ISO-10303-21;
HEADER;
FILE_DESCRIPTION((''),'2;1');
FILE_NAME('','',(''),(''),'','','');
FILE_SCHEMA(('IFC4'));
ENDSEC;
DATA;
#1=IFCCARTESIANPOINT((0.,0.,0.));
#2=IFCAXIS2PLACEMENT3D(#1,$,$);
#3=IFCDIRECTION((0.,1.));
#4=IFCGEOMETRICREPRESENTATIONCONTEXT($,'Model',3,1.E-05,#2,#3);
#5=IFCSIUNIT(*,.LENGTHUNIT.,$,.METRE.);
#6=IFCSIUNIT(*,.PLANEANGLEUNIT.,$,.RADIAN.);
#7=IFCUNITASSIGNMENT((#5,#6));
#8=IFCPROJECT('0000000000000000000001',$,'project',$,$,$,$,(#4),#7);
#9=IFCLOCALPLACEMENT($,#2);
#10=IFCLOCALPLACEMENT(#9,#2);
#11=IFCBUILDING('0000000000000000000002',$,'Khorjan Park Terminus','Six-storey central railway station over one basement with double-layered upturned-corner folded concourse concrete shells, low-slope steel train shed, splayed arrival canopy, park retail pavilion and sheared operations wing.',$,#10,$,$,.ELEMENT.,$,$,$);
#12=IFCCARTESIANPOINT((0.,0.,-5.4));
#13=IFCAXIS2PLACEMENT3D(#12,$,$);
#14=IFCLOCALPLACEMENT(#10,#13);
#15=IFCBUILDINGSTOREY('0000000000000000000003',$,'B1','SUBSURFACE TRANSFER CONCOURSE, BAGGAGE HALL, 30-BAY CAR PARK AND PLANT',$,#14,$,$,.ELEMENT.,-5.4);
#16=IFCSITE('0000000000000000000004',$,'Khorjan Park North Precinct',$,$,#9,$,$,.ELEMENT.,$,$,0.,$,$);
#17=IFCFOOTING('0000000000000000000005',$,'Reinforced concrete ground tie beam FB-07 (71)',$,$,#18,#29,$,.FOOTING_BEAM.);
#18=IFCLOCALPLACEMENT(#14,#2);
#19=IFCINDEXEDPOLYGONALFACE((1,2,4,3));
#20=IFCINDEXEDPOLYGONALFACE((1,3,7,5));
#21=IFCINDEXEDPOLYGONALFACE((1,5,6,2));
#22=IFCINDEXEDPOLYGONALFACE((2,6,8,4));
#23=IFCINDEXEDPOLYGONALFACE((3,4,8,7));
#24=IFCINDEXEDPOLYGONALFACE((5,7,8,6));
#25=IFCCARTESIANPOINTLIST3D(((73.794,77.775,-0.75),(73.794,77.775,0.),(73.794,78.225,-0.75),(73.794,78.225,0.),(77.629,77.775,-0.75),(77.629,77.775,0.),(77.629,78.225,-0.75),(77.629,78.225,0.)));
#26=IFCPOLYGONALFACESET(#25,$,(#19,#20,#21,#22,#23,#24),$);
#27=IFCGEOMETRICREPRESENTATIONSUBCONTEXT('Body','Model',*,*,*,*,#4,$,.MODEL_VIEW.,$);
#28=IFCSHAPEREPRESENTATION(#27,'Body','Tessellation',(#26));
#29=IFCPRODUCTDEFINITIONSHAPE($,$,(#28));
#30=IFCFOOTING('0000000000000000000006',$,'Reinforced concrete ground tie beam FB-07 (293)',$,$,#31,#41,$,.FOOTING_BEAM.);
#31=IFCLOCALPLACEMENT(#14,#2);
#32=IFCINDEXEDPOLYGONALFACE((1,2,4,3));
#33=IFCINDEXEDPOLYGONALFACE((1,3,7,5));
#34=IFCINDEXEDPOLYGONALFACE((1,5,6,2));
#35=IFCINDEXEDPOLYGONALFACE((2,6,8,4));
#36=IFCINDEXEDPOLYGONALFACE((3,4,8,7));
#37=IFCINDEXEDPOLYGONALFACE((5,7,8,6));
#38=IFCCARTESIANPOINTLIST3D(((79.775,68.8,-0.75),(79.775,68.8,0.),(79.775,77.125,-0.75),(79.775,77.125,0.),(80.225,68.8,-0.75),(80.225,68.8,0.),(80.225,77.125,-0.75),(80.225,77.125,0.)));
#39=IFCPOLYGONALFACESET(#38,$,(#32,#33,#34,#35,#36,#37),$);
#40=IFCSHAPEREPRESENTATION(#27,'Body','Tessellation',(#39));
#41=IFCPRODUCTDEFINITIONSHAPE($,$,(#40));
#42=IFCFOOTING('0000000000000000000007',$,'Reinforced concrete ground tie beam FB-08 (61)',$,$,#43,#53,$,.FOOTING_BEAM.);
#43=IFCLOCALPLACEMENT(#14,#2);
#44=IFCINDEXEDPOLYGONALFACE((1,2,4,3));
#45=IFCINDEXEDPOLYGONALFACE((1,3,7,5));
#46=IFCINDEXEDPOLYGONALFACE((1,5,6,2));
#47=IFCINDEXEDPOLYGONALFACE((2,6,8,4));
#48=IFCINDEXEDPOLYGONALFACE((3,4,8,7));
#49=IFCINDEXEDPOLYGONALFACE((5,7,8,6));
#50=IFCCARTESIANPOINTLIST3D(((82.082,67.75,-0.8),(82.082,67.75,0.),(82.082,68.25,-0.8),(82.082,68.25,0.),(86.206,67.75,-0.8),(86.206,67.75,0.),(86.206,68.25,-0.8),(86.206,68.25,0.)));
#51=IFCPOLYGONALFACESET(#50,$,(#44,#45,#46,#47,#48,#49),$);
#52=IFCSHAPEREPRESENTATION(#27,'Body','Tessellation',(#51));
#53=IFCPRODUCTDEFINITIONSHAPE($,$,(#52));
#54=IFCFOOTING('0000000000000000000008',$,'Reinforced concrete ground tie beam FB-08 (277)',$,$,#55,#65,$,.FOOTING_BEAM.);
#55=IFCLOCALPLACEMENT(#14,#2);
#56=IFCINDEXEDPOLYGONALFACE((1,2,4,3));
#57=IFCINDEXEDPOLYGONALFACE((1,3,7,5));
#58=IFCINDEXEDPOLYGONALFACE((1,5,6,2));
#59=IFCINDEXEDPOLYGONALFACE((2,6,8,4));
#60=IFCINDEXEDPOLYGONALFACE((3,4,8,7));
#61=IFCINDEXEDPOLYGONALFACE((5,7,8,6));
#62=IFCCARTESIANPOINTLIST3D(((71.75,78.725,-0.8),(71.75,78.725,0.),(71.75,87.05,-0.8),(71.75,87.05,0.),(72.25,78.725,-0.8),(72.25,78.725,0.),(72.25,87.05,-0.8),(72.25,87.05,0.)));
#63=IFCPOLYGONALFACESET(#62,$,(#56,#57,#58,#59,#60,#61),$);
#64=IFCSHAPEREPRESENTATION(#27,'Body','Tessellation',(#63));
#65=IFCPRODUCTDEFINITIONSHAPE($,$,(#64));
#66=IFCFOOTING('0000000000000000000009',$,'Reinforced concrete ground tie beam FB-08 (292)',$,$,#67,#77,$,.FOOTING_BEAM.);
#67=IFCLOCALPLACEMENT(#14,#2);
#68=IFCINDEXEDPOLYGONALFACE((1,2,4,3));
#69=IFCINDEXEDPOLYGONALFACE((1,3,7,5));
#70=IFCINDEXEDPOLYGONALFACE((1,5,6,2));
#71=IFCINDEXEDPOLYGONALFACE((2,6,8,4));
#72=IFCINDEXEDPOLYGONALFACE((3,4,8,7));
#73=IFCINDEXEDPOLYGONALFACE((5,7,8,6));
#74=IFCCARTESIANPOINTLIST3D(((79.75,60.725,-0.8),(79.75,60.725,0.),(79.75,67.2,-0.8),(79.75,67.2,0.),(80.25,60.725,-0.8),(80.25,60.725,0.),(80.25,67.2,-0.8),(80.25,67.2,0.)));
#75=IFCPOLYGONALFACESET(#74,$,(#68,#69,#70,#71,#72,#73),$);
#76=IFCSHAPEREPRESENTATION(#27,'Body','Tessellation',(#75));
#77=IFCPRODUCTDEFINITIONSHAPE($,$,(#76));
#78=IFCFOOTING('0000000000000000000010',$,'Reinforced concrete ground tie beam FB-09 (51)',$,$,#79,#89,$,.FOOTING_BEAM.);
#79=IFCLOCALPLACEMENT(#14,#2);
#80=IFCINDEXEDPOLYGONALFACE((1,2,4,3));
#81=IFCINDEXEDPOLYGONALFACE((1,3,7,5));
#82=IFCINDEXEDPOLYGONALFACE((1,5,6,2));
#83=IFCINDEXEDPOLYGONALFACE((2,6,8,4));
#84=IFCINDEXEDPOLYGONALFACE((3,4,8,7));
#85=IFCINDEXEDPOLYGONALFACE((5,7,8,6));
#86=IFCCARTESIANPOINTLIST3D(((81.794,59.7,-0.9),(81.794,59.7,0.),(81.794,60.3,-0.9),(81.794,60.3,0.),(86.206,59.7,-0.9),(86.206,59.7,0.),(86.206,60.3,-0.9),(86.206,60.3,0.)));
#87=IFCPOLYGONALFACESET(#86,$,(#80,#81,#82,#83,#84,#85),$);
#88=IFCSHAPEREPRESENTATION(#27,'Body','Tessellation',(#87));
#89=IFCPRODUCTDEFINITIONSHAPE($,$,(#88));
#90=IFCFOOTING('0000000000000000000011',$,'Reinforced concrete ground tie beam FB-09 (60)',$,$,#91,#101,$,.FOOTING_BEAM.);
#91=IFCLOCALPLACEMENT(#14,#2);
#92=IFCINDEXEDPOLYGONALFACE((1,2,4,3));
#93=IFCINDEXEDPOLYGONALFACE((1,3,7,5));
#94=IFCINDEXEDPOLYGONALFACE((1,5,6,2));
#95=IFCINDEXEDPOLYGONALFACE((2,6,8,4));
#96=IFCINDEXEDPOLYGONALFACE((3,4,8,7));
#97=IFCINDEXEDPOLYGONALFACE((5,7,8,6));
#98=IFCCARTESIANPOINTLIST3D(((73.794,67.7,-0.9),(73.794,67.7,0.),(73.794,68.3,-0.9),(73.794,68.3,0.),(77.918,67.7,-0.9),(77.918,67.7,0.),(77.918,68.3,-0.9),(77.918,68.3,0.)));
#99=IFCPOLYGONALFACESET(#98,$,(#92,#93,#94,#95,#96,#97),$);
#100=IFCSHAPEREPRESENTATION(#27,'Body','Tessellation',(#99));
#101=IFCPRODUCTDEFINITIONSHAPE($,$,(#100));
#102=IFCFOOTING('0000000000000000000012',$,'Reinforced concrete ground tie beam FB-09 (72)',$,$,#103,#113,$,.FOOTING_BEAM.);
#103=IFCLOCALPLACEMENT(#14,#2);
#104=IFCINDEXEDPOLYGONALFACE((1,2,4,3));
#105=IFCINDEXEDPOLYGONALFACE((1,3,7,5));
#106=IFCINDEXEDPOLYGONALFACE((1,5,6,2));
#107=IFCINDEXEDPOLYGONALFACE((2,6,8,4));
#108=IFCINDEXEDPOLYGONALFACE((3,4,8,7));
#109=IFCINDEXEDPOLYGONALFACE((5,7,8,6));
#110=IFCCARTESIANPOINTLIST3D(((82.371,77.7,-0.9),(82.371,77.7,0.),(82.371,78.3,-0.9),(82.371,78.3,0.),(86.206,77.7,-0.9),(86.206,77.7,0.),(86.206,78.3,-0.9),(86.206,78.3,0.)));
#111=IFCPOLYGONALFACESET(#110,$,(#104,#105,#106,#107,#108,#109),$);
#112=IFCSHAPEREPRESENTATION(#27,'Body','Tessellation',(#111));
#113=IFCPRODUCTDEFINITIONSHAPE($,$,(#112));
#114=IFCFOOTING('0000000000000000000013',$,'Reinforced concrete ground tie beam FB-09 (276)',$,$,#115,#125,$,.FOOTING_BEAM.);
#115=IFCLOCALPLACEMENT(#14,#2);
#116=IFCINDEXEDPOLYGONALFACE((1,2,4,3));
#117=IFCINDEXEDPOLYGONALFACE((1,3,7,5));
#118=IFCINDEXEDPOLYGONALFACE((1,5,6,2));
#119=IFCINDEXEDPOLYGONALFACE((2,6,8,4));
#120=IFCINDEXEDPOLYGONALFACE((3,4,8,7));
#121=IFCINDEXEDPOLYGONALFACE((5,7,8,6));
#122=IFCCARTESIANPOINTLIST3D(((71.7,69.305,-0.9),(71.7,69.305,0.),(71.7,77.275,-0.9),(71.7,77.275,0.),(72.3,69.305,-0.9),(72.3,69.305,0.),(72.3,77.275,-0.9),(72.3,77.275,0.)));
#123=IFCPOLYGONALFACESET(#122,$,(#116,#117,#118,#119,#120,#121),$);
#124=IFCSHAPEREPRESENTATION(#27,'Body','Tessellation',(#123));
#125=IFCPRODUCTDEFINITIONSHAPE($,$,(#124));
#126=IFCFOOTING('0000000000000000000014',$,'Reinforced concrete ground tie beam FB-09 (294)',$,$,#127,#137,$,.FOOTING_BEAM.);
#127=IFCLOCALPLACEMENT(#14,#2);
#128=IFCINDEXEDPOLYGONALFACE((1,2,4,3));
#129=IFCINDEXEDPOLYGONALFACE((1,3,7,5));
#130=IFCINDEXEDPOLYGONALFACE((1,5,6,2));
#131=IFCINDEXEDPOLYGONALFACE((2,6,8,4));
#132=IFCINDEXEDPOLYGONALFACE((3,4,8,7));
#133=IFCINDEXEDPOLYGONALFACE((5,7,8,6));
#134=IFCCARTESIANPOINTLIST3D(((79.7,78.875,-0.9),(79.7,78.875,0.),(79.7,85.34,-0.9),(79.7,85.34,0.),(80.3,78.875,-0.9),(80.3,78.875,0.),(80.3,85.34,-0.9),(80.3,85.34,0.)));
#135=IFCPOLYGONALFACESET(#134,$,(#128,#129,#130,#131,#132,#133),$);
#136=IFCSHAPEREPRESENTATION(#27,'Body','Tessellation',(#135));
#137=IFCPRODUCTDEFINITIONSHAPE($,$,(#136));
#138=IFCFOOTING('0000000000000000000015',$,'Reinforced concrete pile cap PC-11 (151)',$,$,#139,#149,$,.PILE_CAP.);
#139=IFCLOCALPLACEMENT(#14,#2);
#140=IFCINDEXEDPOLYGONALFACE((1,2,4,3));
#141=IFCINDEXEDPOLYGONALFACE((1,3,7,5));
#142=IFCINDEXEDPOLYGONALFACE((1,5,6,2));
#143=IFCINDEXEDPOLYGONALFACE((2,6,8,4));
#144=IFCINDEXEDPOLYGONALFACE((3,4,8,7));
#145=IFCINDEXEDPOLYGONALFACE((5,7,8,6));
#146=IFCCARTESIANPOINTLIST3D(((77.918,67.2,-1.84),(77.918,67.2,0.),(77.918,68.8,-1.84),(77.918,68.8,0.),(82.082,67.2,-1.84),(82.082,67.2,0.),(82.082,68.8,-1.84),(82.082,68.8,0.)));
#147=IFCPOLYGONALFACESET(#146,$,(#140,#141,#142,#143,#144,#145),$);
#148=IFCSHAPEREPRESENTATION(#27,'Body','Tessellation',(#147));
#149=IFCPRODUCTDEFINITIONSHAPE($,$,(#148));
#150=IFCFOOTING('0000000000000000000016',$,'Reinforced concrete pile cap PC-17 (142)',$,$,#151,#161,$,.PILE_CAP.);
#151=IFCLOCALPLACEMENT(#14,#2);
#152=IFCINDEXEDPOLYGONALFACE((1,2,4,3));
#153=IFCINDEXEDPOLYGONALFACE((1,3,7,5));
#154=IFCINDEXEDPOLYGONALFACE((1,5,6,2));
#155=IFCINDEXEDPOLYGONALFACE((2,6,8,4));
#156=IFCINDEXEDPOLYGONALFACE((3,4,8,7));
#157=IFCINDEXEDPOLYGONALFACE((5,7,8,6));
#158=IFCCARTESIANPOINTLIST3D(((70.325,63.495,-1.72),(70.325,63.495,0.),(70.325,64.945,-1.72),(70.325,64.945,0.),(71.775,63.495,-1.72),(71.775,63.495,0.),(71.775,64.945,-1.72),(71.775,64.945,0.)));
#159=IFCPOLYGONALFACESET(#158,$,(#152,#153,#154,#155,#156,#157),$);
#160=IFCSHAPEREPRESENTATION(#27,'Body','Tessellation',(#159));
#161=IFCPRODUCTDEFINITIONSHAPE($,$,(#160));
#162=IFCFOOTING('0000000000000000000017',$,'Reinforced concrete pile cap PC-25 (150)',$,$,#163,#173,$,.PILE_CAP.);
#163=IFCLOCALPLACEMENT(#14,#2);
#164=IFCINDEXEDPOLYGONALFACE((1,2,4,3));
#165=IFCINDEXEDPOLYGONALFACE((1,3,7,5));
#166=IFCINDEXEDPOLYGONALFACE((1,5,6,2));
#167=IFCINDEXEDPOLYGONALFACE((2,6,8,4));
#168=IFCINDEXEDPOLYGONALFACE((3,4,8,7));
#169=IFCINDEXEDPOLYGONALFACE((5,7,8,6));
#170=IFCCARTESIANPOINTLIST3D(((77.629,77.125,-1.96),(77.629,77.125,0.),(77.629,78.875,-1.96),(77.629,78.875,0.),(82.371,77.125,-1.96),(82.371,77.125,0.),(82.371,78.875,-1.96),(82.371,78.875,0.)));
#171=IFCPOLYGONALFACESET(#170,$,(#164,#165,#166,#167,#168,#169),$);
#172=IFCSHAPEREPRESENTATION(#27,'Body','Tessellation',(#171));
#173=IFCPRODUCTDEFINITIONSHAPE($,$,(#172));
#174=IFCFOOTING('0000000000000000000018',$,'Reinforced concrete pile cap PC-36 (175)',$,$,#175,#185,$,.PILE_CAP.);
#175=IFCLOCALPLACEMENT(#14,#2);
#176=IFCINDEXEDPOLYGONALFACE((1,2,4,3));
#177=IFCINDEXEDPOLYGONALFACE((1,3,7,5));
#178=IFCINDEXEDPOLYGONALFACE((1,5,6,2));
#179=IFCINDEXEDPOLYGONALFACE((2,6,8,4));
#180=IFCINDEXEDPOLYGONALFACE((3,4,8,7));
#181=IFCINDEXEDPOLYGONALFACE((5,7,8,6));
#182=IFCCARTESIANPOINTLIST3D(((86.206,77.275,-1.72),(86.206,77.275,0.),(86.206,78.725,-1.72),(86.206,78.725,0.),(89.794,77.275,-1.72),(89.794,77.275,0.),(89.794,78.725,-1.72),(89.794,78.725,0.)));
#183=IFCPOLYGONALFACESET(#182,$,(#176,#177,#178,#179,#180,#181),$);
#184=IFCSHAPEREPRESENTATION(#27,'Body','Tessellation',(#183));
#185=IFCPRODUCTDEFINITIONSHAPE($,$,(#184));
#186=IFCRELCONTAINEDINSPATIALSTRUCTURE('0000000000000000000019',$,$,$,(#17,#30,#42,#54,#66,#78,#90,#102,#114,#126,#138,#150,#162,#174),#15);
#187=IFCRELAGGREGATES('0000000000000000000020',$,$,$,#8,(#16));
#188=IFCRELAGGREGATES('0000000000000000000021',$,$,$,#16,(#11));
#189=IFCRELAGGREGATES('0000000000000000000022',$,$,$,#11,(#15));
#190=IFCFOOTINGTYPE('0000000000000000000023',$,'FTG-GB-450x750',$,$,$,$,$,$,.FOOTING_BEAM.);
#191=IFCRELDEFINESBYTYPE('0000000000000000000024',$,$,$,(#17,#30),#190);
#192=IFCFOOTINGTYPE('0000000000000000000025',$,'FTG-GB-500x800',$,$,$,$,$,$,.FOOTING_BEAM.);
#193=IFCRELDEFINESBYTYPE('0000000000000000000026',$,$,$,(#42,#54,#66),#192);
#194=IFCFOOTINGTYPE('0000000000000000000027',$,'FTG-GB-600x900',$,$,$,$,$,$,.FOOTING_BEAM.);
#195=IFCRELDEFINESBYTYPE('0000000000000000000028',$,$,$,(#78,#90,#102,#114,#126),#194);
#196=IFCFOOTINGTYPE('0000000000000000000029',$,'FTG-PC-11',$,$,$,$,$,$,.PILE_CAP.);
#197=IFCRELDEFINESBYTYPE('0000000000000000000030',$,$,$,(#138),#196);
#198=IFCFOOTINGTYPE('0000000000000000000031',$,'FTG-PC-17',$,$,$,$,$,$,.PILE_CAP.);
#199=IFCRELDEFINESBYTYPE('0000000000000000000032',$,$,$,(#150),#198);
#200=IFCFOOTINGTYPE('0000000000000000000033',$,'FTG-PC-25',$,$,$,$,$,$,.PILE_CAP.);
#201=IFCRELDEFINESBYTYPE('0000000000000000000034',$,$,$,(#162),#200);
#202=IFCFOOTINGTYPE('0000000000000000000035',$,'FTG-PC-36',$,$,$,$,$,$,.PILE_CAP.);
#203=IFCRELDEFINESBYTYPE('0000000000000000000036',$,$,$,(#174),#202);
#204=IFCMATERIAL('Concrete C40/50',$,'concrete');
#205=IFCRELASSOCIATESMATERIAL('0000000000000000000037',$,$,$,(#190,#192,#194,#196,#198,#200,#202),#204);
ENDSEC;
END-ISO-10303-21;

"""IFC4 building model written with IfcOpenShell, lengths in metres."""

from ifc_helpers import new_model, si_unit, direction, frame, origin, origin_2d, place, context, subcontext, project, spatial, rectangle, extrude, material, material_profile, profile_set, type_object, element, save


model = new_model("IFC4")

# Units and contexts
model_context = context("Model", 3, precision=1e-05, world=origin(), true_north=direction((0.0, 1.0)))
body_context = subcontext(model_context, "Body", "Model", "MODEL_VIEW")
ifc_project = project(units=[si_unit("LENGTHUNIT", "METRE"), si_unit("PLANEANGLEUNIT", "RADIAN")], contexts=[model_context])

# Site, building, storey
site_placement = place(None, origin())
site = spatial("IfcSite", under=ifc_project, at=site_placement, Name="Khorjan Park North Precinct", CompositionType="ELEMENT", RefElevation=0.0)
building_placement = place(site_placement, origin())
building = spatial("IfcBuilding", under=site, at=building_placement, Name="Khorjan Park Terminus", Description="Six-storey central railway station over one basement with double-layered upturned-corner folded concourse concrete shells, low-slope steel train shed, splayed arrival canopy, park retail pavilion and sheared operations wing.", CompositionType="ELEMENT")
storey_placement = place(building_placement, frame((0.0, 0.0, -5.4)))
storey = spatial("IfcBuildingStorey", under=building, at=storey_placement, Name="B1", Description="SUBSURFACE TRANSFER CONCOURSE, BAGGAGE HALL, 30-BAY CAR PARK AND PLANT", CompositionType="ELEMENT", Elevation=-5.4)

# Footings
ifc_material_1 = material(Name="Concrete C40/50", Category="concrete")
ifc_material_profile_1 = material_profile(ifc_material_1, rectangle(XDim=0.45, YDim=0.75, at=origin_2d()), Name="RC 450x750")
ifc_profile_set_1 = profile_set([ifc_material_profile_1], Name="Concrete C40/50")
footing_type_1 = type_object("IfcFootingType", Name="FTG-GB-450x750", PredefinedType="FOOTING_BEAM", material=ifc_profile_set_1)
footing_1_placement = place(storey_placement, frame((73.794, 78.0, -0.375), z_axis=(1.0, 0.0, 0.0), x_axis=(0.0, 1.0, 0.0)))
element("IfcFooting", 1, at=footing_1_placement, inside=storey, type_object=footing_type_1, Name="Reinforced concrete ground tie beam FB-07 (71)", PredefinedType="FOOTING_BEAM", context=body_context, shape_type="SweptSolid", body=[
    extrude(rectangle(XDim=0.45, YDim=0.75, at=origin_2d()), origin(), (0.0, 0.0, 1.0), 3.835),
])
footing_2_placement = place(storey_placement, frame((80.0, 68.8, -0.375), z_axis=(0.0, 1.0, 0.0), x_axis=(-1.0, 0.0, 0.0)))
element("IfcFooting", 2, at=footing_2_placement, inside=storey, type_object=footing_type_1, Name="Reinforced concrete ground tie beam FB-07 (293)", PredefinedType="FOOTING_BEAM", context=body_context, shape_type="SweptSolid", body=[
    extrude(rectangle(XDim=0.45, YDim=0.75, at=origin_2d()), origin(), (0.0, 0.0, 1.0), 8.325),
])
ifc_material_profile_2 = material_profile(ifc_material_1, rectangle(XDim=0.5, YDim=0.8, at=origin_2d()), Name="RC 500x800")
ifc_profile_set_2 = profile_set([ifc_material_profile_2], Name="Concrete C40/50")
footing_type_2 = type_object("IfcFootingType", Name="FTG-GB-500x800", PredefinedType="FOOTING_BEAM", material=ifc_profile_set_2)
footing_3_placement = place(storey_placement, frame((82.082, 68.0, -0.4), z_axis=(1.0, 0.0, 0.0), x_axis=(0.0, 1.0, 0.0)))
element("IfcFooting", 3, at=footing_3_placement, inside=storey, type_object=footing_type_2, Name="Reinforced concrete ground tie beam FB-08 (61)", PredefinedType="FOOTING_BEAM", context=body_context, shape_type="SweptSolid", body=[
    extrude(rectangle(XDim=0.5, YDim=0.8, at=origin_2d()), origin(), (0.0, 0.0, 1.0), 4.124),
])
footing_4_placement = place(storey_placement, frame((72.0, 78.725, -0.4), z_axis=(0.0, 1.0, 0.0), x_axis=(-1.0, 0.0, 0.0)))
element("IfcFooting", 4, at=footing_4_placement, inside=storey, type_object=footing_type_2, Name="Reinforced concrete ground tie beam FB-08 (277)", PredefinedType="FOOTING_BEAM", context=body_context, shape_type="SweptSolid", body=[
    extrude(rectangle(XDim=0.5, YDim=0.8, at=origin_2d()), origin(), (0.0, 0.0, 1.0), 8.325),
])
footing_5_placement = place(storey_placement, frame((80.0, 60.725, -0.4), z_axis=(0.0, 1.0, 0.0), x_axis=(-1.0, 0.0, 0.0)))
element("IfcFooting", 5, at=footing_5_placement, inside=storey, type_object=footing_type_2, Name="Reinforced concrete ground tie beam FB-08 (292)", PredefinedType="FOOTING_BEAM", context=body_context, shape_type="SweptSolid", body=[
    extrude(rectangle(XDim=0.5, YDim=0.8, at=origin_2d()), origin(), (0.0, 0.0, 1.0), 6.475),
])
ifc_material_profile_3 = material_profile(ifc_material_1, rectangle(XDim=0.6, YDim=0.9, at=origin_2d()), Name="RC 600x900")
ifc_profile_set_3 = profile_set([ifc_material_profile_3], Name="Concrete C40/50")
footing_type_3 = type_object("IfcFootingType", Name="FTG-GB-600x900", PredefinedType="FOOTING_BEAM", material=ifc_profile_set_3)
footing_6_placement = place(storey_placement, frame((81.794, 60.0, -0.45), z_axis=(1.0, 0.0, 0.0), x_axis=(0.0, 1.0, 0.0)))
element("IfcFooting", 6, at=footing_6_placement, inside=storey, type_object=footing_type_3, Name="Reinforced concrete ground tie beam FB-09 (51)", PredefinedType="FOOTING_BEAM", context=body_context, shape_type="SweptSolid", body=[
    extrude(rectangle(XDim=0.6, YDim=0.9, at=origin_2d()), origin(), (0.0, 0.0, 1.0), 4.412),
])
footing_7_placement = place(storey_placement, frame((73.794, 68.0, -0.45), z_axis=(1.0, 0.0, 0.0), x_axis=(0.0, 1.0, 0.0)))
element("IfcFooting", 7, at=footing_7_placement, inside=storey, type_object=footing_type_3, Name="Reinforced concrete ground tie beam FB-09 (60)", PredefinedType="FOOTING_BEAM", context=body_context, shape_type="SweptSolid", body=[
    extrude(rectangle(XDim=0.6, YDim=0.9, at=origin_2d()), origin(), (0.0, 0.0, 1.0), 4.124),
])
footing_8_placement = place(storey_placement, frame((82.371, 78.0, -0.45), z_axis=(1.0, 0.0, 0.0), x_axis=(0.0, 1.0, 0.0)))
element("IfcFooting", 8, at=footing_8_placement, inside=storey, type_object=footing_type_3, Name="Reinforced concrete ground tie beam FB-09 (72)", PredefinedType="FOOTING_BEAM", context=body_context, shape_type="SweptSolid", body=[
    extrude(rectangle(XDim=0.6, YDim=0.9, at=origin_2d()), origin(), (0.0, 0.0, 1.0), 3.835),
])
footing_9_placement = place(storey_placement, frame((72.0, 69.305, -0.45), z_axis=(0.0, 1.0, 0.0), x_axis=(-1.0, 0.0, 0.0)))
element("IfcFooting", 9, at=footing_9_placement, inside=storey, type_object=footing_type_3, Name="Reinforced concrete ground tie beam FB-09 (276)", PredefinedType="FOOTING_BEAM", context=body_context, shape_type="SweptSolid", body=[
    extrude(rectangle(XDim=0.6, YDim=0.9, at=origin_2d()), origin(), (0.0, 0.0, 1.0), 7.97),
])
footing_10_placement = place(storey_placement, frame((80.0, 78.875, -0.45), z_axis=(0.0, 1.0, 0.0), x_axis=(-1.0, 0.0, 0.0)))
element("IfcFooting", 10, at=footing_10_placement, inside=storey, type_object=footing_type_3, Name="Reinforced concrete ground tie beam FB-09 (294)", PredefinedType="FOOTING_BEAM", context=body_context, shape_type="SweptSolid", body=[
    extrude(rectangle(XDim=0.6, YDim=0.9, at=origin_2d()), origin(), (0.0, 0.0, 1.0), 6.465),
])
footing_type_4 = type_object("IfcFootingType", Name="FTG-PC-11", PredefinedType="PILE_CAP", material=ifc_material_1)
footing_11_placement = place(storey_placement, frame((80.0, 68.0, -1.84), z_axis=(0.0, 0.0, 1.0), x_axis=(1.0, 0.0, 0.0)))
element("IfcFooting", 11, at=footing_11_placement, inside=storey, type_object=footing_type_4, Name="Reinforced concrete pile cap PC-11 (151)", PredefinedType="PILE_CAP", context=body_context, shape_type="SweptSolid", body=[
    extrude(rectangle(XDim=4.164, YDim=1.6, at=origin_2d()), origin(), (0.0, 0.0, 1.0), 1.84),
])
footing_type_5 = type_object("IfcFootingType", Name="FTG-PC-17", PredefinedType="PILE_CAP", material=ifc_material_1)
footing_12_placement = place(storey_placement, frame((71.05, 64.22, -1.72), z_axis=(0.0, 0.0, 1.0), x_axis=(1.0, 0.0, 0.0)))
element("IfcFooting", 12, at=footing_12_placement, inside=storey, type_object=footing_type_5, Name="Reinforced concrete pile cap PC-17 (142)", PredefinedType="PILE_CAP", context=body_context, shape_type="SweptSolid", body=[
    extrude(rectangle(XDim=1.45, YDim=1.45, at=origin_2d()), origin(), (0.0, 0.0, 1.0), 1.72),
])
footing_type_6 = type_object("IfcFootingType", Name="FTG-PC-25", PredefinedType="PILE_CAP", material=ifc_material_1)
footing_13_placement = place(storey_placement, frame((80.0, 78.0, -1.96), z_axis=(0.0, 0.0, 1.0), x_axis=(1.0, 0.0, 0.0)))
element("IfcFooting", 13, at=footing_13_placement, inside=storey, type_object=footing_type_6, Name="Reinforced concrete pile cap PC-25 (150)", PredefinedType="PILE_CAP", context=body_context, shape_type="SweptSolid", body=[
    extrude(rectangle(XDim=4.742, YDim=1.75, at=origin_2d()), origin(), (0.0, 0.0, 1.0), 1.96),
])
footing_type_7 = type_object("IfcFootingType", Name="FTG-PC-36", PredefinedType="PILE_CAP", material=ifc_material_1)
footing_14_placement = place(storey_placement, frame((88.0, 78.0, -1.72), z_axis=(0.0, 0.0, 1.0), x_axis=(1.0, 0.0, 0.0)))
element("IfcFooting", 14, at=footing_14_placement, inside=storey, type_object=footing_type_7, Name="Reinforced concrete pile cap PC-36 (175)", PredefinedType="PILE_CAP", context=body_context, shape_type="SweptSolid", body=[
    extrude(rectangle(XDim=3.588, YDim=1.45, at=origin_2d()), origin(), (0.0, 0.0, 1.0), 1.72),
])

save(model, "model.ifc")
